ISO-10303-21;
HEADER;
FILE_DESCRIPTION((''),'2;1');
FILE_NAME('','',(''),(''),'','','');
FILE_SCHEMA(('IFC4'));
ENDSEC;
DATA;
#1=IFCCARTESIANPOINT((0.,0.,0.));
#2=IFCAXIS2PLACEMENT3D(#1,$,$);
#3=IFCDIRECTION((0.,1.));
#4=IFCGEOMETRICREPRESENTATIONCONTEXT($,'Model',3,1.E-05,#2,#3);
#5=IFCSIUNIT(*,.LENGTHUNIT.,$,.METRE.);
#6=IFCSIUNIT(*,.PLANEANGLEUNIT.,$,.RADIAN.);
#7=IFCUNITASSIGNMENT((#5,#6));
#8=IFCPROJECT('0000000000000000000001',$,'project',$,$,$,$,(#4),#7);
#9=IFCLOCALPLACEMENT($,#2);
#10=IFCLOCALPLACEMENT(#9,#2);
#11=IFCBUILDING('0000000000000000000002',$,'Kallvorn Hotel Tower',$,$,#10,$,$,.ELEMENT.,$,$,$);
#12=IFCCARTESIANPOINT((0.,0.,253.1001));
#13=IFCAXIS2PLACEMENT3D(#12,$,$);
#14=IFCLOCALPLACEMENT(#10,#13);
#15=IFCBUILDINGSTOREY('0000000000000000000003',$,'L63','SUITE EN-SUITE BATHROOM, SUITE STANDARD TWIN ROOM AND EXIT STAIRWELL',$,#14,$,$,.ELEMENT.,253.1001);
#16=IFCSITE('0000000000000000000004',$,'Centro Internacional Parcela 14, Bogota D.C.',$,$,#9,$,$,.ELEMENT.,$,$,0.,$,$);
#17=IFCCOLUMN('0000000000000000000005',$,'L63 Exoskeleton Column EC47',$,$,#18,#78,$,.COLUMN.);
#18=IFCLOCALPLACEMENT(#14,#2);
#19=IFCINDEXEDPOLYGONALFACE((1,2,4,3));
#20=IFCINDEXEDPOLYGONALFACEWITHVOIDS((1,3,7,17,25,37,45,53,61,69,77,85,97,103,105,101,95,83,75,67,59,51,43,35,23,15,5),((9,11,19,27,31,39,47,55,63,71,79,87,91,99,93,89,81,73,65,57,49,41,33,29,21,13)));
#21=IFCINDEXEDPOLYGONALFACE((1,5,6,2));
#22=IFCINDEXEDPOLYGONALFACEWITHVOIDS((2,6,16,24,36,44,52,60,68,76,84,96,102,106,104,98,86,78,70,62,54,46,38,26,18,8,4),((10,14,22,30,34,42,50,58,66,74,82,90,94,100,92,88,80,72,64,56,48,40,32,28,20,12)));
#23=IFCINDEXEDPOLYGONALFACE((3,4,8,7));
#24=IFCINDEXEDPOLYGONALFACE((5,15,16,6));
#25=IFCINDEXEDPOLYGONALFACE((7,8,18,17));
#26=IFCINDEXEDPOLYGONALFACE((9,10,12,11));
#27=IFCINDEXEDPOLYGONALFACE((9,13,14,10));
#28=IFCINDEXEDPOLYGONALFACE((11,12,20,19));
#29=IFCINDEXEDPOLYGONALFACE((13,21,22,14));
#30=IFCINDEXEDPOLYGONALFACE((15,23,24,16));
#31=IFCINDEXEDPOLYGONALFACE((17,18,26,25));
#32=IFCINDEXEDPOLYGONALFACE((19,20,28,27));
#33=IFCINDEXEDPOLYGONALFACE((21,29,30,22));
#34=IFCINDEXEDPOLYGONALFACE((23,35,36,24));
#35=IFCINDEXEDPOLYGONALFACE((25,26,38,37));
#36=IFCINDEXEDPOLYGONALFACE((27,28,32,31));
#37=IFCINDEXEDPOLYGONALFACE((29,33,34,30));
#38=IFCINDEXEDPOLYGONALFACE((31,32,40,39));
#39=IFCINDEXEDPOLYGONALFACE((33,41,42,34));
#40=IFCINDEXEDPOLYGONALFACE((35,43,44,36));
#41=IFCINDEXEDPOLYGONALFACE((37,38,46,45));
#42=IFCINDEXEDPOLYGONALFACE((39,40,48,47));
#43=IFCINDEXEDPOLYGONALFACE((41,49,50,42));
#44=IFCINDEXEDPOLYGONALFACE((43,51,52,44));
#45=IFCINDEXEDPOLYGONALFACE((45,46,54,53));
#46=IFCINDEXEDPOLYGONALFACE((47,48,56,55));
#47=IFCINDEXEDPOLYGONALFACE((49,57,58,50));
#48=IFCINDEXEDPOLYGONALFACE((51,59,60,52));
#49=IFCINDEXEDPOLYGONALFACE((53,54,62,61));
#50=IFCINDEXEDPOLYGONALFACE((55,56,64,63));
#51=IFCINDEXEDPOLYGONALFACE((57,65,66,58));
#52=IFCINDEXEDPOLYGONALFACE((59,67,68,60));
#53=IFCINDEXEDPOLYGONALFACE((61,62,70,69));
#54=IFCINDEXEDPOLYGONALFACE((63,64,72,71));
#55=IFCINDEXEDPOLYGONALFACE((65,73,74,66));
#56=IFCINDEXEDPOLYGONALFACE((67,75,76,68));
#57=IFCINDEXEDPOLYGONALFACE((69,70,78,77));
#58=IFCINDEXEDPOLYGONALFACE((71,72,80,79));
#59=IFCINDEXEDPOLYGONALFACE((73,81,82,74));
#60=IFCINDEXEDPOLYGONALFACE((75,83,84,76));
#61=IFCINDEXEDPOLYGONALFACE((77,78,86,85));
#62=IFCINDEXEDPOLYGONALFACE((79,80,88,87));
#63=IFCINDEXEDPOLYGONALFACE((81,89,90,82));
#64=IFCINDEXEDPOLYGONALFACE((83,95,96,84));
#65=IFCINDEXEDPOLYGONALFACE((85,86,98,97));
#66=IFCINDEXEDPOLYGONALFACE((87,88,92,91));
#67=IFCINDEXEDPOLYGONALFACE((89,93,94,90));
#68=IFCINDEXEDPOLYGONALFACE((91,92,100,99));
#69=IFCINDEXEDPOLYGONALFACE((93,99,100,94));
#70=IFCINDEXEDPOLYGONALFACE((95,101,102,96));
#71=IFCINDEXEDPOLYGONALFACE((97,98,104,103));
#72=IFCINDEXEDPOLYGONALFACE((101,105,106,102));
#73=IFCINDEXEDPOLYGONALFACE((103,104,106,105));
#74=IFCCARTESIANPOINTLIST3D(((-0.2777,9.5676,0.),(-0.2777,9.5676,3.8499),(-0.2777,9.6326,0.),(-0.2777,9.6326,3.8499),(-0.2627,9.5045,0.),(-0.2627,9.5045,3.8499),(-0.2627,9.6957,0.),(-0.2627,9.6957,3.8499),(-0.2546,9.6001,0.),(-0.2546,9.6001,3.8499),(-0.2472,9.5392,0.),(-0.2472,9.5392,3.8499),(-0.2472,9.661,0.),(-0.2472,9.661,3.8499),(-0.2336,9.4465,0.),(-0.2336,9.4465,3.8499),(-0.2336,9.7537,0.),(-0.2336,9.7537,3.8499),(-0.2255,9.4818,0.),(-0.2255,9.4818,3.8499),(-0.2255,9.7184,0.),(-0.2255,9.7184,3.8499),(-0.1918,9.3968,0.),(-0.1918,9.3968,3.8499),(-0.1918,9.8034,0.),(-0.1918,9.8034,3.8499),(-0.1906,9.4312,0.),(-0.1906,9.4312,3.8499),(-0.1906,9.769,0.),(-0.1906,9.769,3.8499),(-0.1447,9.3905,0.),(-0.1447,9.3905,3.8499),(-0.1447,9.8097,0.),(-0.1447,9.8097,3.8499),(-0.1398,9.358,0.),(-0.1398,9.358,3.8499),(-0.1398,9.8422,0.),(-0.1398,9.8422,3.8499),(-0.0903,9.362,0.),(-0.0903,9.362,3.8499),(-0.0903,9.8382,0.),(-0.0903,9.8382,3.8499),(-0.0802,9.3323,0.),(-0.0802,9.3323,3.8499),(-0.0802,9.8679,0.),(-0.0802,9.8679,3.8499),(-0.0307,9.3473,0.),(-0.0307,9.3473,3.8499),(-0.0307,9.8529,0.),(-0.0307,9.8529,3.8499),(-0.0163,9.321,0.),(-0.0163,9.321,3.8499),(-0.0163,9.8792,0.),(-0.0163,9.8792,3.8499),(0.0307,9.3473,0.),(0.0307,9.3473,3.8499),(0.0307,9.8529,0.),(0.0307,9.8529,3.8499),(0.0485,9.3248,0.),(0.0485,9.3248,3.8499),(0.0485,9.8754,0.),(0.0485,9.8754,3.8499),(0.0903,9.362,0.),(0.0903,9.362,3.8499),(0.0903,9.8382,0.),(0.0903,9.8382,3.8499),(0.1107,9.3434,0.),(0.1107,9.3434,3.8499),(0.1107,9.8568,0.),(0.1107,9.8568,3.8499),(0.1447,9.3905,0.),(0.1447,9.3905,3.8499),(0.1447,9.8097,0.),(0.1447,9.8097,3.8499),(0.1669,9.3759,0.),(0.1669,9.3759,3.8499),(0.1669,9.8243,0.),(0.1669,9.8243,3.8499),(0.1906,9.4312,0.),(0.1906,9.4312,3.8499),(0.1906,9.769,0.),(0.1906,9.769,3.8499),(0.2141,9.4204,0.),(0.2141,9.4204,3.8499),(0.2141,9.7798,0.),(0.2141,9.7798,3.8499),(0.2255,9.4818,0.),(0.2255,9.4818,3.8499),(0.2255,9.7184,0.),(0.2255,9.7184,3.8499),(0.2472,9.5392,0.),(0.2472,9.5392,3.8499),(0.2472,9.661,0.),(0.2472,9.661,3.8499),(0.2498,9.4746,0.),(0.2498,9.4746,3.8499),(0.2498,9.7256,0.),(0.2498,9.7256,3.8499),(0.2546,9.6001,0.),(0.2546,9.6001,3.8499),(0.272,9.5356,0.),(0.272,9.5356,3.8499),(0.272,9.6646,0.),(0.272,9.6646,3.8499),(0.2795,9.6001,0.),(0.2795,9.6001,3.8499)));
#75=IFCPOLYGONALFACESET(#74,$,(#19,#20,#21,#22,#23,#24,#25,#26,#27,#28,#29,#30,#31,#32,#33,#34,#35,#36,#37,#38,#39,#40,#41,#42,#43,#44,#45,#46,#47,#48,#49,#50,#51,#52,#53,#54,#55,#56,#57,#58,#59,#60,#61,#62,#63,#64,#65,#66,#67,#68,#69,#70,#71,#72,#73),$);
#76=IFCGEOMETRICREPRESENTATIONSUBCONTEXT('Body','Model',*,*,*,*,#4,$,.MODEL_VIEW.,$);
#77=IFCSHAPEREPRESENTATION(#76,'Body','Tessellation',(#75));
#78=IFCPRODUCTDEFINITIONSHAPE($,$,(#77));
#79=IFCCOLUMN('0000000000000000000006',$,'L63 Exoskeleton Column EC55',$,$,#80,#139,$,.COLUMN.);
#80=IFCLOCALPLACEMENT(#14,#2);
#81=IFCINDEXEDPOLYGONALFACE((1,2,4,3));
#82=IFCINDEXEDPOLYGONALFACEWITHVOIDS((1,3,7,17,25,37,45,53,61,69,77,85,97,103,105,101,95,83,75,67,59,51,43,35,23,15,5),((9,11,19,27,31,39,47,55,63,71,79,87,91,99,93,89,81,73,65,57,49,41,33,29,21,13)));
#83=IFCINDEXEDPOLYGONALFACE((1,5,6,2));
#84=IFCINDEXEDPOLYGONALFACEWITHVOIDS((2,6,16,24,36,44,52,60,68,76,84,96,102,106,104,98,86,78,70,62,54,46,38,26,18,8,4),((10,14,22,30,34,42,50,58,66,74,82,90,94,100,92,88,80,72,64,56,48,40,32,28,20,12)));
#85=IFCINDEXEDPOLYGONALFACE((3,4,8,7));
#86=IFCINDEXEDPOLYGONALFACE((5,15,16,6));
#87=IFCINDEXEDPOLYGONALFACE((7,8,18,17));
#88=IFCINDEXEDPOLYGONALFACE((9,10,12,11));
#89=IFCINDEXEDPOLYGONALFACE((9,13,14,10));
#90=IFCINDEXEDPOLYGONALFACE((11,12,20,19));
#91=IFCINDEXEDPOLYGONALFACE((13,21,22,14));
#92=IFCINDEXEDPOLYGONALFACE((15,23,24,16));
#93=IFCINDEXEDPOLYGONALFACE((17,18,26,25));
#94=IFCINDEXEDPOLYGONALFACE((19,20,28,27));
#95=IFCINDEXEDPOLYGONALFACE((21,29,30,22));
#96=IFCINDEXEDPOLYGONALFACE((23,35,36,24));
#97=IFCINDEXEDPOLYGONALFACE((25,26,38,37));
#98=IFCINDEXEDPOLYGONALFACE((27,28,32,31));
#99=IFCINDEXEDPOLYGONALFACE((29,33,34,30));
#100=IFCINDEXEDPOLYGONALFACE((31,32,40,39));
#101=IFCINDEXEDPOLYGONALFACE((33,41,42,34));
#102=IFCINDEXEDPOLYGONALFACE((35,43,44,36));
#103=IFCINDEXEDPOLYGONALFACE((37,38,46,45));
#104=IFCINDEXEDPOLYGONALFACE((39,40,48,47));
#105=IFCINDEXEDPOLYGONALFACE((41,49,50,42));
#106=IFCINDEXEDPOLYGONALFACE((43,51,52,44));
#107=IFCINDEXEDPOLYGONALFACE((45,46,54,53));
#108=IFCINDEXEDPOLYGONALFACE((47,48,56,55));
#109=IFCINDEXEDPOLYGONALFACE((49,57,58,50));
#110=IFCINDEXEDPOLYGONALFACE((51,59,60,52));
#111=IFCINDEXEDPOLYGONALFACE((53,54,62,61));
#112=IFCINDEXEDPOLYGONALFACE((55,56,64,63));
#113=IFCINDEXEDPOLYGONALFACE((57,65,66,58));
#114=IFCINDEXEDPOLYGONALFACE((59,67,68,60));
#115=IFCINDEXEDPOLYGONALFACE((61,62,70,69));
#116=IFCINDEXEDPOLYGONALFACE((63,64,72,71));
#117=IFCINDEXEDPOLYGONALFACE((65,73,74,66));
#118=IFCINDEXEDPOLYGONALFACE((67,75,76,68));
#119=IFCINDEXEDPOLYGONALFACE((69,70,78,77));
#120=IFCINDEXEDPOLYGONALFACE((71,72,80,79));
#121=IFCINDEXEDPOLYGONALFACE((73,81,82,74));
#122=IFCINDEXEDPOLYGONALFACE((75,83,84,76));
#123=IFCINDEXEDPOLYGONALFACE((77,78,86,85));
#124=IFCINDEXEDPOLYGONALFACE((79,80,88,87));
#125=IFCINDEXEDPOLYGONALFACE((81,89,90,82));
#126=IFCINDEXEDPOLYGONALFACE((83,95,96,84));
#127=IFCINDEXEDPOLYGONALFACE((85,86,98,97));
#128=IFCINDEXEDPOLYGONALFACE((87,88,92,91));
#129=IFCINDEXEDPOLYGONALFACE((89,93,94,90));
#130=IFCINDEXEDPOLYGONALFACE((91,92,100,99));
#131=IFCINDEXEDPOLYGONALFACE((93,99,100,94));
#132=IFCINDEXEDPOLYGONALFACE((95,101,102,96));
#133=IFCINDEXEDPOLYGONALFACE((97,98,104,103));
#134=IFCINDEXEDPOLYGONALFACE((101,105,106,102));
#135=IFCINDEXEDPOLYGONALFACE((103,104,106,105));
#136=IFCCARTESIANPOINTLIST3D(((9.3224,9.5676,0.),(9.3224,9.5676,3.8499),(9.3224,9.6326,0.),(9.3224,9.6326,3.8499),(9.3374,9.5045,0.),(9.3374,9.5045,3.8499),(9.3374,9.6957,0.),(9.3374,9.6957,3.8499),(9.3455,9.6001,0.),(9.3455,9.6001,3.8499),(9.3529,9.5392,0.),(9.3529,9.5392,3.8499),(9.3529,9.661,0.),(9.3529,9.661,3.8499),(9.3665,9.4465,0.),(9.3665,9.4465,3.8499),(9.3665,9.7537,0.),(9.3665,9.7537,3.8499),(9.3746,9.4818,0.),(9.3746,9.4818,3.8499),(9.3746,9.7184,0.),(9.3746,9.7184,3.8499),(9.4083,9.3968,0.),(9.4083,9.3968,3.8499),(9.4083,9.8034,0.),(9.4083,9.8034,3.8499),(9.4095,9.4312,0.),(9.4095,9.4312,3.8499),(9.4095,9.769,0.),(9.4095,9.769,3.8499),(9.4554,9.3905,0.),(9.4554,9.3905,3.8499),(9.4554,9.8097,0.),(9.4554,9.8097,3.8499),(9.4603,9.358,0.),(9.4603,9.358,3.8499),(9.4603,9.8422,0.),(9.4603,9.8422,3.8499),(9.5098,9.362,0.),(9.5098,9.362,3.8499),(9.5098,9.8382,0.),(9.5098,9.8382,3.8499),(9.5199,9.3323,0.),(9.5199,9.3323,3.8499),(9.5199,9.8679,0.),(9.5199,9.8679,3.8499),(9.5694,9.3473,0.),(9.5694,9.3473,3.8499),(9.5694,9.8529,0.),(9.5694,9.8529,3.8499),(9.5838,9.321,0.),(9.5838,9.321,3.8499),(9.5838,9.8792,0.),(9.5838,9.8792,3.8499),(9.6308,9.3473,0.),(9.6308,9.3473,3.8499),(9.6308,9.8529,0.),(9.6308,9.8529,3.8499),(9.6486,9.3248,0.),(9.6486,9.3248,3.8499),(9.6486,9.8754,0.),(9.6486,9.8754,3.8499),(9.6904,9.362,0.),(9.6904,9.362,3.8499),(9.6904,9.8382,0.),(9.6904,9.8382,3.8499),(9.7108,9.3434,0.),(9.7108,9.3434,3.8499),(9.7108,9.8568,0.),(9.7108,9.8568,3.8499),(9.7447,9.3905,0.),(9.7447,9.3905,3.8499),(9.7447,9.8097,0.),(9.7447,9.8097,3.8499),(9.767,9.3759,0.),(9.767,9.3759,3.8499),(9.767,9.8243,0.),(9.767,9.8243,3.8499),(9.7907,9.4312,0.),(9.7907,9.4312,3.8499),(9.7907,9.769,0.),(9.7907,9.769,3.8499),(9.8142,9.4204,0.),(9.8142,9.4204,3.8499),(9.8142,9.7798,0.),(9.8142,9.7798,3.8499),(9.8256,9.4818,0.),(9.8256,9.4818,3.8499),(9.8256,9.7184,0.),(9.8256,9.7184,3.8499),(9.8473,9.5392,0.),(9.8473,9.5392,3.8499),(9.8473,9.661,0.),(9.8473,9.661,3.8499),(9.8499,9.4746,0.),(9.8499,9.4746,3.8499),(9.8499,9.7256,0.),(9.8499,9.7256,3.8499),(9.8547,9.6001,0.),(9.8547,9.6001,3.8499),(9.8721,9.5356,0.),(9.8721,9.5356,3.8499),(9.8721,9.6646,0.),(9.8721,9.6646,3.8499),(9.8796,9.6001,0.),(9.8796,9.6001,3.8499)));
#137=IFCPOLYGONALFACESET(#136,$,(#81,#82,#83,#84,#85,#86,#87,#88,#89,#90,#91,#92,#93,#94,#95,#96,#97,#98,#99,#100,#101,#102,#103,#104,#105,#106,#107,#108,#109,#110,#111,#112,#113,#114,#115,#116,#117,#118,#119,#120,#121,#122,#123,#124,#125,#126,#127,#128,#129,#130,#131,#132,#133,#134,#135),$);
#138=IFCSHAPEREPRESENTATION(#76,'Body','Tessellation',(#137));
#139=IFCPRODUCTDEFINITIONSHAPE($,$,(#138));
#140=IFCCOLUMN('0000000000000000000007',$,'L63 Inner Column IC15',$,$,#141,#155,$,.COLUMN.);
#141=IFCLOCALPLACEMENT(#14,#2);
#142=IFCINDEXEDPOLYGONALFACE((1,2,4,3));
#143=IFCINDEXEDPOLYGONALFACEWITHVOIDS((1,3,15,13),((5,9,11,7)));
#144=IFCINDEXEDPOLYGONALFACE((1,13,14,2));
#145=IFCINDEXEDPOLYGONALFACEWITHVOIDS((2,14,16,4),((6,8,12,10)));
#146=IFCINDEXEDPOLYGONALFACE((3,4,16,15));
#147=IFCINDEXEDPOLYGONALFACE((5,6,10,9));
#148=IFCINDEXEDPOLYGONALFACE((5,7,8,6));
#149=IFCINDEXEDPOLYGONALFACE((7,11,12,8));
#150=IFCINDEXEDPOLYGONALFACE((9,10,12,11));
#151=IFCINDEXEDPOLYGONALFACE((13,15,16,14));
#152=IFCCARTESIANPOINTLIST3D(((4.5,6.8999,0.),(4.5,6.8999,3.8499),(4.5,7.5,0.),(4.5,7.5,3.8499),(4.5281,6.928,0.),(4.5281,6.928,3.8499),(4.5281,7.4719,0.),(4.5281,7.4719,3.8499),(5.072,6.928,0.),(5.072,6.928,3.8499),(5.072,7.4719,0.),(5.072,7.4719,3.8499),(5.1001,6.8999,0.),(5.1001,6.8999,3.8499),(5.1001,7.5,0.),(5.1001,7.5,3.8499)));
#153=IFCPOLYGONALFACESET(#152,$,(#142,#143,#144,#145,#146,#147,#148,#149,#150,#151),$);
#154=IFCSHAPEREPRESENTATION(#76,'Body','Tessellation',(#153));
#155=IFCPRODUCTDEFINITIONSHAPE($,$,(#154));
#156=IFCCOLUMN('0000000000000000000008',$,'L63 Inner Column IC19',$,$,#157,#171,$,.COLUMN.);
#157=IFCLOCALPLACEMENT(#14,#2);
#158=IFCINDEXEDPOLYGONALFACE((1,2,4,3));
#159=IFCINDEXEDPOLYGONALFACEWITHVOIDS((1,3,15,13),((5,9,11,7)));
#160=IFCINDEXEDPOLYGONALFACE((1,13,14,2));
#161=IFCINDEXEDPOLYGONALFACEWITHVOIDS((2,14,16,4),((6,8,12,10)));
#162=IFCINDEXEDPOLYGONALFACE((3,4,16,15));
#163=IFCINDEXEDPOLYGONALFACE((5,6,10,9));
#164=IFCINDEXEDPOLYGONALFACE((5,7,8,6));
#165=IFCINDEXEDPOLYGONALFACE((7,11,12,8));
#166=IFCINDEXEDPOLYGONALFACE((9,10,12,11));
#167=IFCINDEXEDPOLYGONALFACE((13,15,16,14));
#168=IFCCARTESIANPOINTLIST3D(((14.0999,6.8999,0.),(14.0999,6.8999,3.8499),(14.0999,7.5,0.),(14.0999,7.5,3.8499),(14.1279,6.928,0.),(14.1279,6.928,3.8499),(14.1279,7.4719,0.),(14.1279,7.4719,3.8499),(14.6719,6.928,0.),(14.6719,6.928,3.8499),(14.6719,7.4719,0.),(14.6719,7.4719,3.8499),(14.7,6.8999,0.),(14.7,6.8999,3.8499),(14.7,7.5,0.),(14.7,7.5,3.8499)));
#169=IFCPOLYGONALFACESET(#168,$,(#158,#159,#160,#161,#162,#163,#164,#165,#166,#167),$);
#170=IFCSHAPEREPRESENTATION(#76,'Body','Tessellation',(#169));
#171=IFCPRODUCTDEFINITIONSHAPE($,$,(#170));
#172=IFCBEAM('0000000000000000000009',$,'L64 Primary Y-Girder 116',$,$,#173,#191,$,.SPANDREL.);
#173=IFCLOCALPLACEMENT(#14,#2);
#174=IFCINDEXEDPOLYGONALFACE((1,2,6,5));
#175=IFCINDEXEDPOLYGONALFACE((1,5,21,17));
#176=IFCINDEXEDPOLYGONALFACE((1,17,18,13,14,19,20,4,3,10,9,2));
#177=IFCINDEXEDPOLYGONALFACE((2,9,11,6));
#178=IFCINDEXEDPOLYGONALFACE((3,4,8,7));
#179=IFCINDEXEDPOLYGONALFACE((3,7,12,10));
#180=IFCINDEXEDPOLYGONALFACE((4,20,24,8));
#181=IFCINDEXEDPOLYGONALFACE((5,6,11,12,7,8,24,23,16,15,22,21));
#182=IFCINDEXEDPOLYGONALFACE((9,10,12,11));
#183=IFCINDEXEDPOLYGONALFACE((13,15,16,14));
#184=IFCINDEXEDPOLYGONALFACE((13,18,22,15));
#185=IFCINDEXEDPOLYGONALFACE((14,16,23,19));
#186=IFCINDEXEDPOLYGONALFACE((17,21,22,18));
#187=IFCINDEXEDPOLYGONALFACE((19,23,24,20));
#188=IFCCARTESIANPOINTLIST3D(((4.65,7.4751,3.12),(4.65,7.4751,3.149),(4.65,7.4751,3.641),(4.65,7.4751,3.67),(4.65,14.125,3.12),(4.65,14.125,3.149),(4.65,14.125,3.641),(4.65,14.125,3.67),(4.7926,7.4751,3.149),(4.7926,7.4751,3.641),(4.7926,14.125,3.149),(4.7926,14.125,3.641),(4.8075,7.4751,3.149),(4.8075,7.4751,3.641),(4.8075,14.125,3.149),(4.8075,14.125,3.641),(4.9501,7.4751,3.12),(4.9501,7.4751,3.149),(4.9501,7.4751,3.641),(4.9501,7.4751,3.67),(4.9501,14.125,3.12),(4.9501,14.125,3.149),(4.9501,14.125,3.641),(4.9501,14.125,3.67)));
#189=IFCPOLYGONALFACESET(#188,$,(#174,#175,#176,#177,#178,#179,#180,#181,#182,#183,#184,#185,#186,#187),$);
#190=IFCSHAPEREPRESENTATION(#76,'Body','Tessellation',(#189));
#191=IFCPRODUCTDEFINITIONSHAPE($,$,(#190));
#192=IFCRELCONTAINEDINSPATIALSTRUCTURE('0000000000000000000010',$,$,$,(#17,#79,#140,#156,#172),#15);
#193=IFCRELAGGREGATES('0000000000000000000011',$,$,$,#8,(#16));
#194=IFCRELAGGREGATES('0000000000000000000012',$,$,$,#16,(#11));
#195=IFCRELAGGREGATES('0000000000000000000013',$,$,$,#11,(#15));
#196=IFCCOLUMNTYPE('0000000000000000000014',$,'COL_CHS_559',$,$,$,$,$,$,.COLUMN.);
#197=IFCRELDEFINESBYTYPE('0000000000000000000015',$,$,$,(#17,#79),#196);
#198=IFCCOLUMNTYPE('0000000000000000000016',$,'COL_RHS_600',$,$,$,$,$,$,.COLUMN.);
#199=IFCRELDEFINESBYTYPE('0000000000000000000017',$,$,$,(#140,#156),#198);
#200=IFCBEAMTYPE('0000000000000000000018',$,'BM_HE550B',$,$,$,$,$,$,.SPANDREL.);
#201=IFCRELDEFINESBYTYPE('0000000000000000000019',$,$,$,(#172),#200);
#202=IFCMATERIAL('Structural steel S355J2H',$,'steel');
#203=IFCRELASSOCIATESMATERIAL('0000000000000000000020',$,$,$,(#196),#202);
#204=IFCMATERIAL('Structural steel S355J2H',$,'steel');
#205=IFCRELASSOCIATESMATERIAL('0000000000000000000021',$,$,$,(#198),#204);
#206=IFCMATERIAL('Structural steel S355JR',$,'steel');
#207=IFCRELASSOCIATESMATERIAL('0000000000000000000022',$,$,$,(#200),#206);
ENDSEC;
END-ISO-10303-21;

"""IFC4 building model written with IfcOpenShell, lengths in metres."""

from ifc_helpers import new_model, si_unit, direction, frame, origin, origin_2d, place, context, subcontext, project, spatial, hollow_rectangle, hollow_circle, i_section, extrude, material, material_profile, profile_set, type_object, element, save


model = new_model("IFC4")

# Units and contexts
model_context = context("Model", 3, precision=1e-05, world=origin(), true_north=direction((0.0, 1.0)))
body_context = subcontext(model_context, "Body", "Model", "MODEL_VIEW")
ifc_project = project(units=[si_unit("LENGTHUNIT", "METRE"), si_unit("PLANEANGLEUNIT", "RADIAN")], contexts=[model_context])

# Site, building, storey
site_placement = place(None, origin())
site = spatial("IfcSite", under=ifc_project, at=site_placement, Name="Centro Internacional Parcela 14, Bogota D.C.", CompositionType="ELEMENT", RefElevation=0.0)
building_placement = place(site_placement, origin())
building = spatial("IfcBuilding", under=site, at=building_placement, Name="Kallvorn Hotel Tower", CompositionType="ELEMENT")
storey_placement = place(building_placement, frame((0.0, 0.0, 253.1001)))
storey = spatial("IfcBuildingStorey", under=building, at=storey_placement, Name="L63", Description="SUITE EN-SUITE BATHROOM, SUITE STANDARD TWIN ROOM AND EXIT STAIRWELL", CompositionType="ELEMENT", Elevation=253.1001)

# Columns
ifc_material_1 = material(Name="Structural steel S355J2H", Category="steel")
ifc_material_profile_1 = material_profile(ifc_material_1, hollow_circle(Radius=0.2795, WallThickness=0.0249, at=origin_2d()), Name="CHS 559x25")
ifc_profile_set_1 = profile_set([ifc_material_profile_1], Name="Structural steel S355J2H")
column_type_1 = type_object("IfcColumnType", Name="COL_CHS_559", PredefinedType="COLUMN", material=ifc_profile_set_1)
for number, where, z_axis, x_axis, name in (
    (1, (0.0, 9.6001, 0.0), (0.0, 0.0, 1.0), (1.0, 0.0, 0.0), "L63 Exoskeleton Column EC47"),
    (2, (9.6001, 9.6001, 0.0), (0.0, 0.0, 1.0), (1.0, 0.0, 0.0), "L63 Exoskeleton Column EC55"),
):
    element("IfcColumn", number, at=place(storey_placement, frame(where, z_axis=z_axis, x_axis=x_axis)), inside=storey, type_object=column_type_1, Name=name, PredefinedType="COLUMN", context=body_context, shape_type="SweptSolid", body=[
        extrude(hollow_circle(Radius=0.2795, WallThickness=0.0249, at=origin_2d()), origin(), (0.0, 0.0, 1.0), 3.8499),
    ])
ifc_material_2 = material(Name="Structural steel S355J2H", Category="steel")
ifc_material_profile_2 = material_profile(ifc_material_2, hollow_rectangle(XDim=0.6001, YDim=0.6001, WallThickness=0.0281, at=origin_2d()), Name="RHS 600x600x28")
ifc_profile_set_2 = profile_set([ifc_material_profile_2], Name="Structural steel S355J2H")
column_type_2 = type_object("IfcColumnType", Name="COL_RHS_600", PredefinedType="COLUMN", material=ifc_profile_set_2)
for number, where, z_axis, x_axis, name in (
    (3, (4.8, 7.2, 0.0), (0.0, 0.0, 1.0), (1.0, 0.0, 0.0), "L63 Inner Column IC15"),
    (4, (14.3999, 7.2, 0.0), (0.0, 0.0, 1.0), (1.0, 0.0, 0.0), "L63 Inner Column IC19"),
):
    element("IfcColumn", number, at=place(storey_placement, frame(where, z_axis=z_axis, x_axis=x_axis)), inside=storey, type_object=column_type_2, Name=name, PredefinedType="COLUMN", context=body_context, shape_type="SweptSolid", body=[
        extrude(hollow_rectangle(XDim=0.6001, YDim=0.6001, WallThickness=0.0281, at=origin_2d()), origin(), (0.0, 0.0, 1.0), 3.8499),
    ])

# Beam
ifc_material_3 = material(Name="Structural steel S355JR", Category="steel")
ifc_material_profile_3 = material_profile(ifc_material_3, i_section(OverallWidth=0.3, OverallDepth=0.55, WebThickness=0.0149, FlangeThickness=0.0291, at=origin_2d()), Name="HE 550 B")
ifc_profile_set_3 = profile_set([ifc_material_profile_3], Name="Structural steel S355JR")
beam_type_1 = type_object("IfcBeamType", Name="BM_HE550B", PredefinedType="SPANDREL", material=ifc_profile_set_3)
for number, where, z_axis, x_axis, name in (
    (5, (4.8, 7.4751, 3.395), (0.0, 1.0, 0.0), (-1.0, 0.0, 0.0), "L64 Primary Y-Girder 116"),
):
    element("IfcBeam", number, at=place(storey_placement, frame(where, z_axis=z_axis, x_axis=x_axis)), inside=storey, type_object=beam_type_1, Name=name, PredefinedType="SPANDREL", context=body_context, shape_type="SweptSolid", body=[
        extrude(i_section(OverallWidth=0.3, OverallDepth=0.55, WebThickness=0.0149, FlangeThickness=0.0291, at=origin_2d()), origin(), (0.0, 0.0, 1.0), 6.6499),
    ])

save(model, "model.ifc")
